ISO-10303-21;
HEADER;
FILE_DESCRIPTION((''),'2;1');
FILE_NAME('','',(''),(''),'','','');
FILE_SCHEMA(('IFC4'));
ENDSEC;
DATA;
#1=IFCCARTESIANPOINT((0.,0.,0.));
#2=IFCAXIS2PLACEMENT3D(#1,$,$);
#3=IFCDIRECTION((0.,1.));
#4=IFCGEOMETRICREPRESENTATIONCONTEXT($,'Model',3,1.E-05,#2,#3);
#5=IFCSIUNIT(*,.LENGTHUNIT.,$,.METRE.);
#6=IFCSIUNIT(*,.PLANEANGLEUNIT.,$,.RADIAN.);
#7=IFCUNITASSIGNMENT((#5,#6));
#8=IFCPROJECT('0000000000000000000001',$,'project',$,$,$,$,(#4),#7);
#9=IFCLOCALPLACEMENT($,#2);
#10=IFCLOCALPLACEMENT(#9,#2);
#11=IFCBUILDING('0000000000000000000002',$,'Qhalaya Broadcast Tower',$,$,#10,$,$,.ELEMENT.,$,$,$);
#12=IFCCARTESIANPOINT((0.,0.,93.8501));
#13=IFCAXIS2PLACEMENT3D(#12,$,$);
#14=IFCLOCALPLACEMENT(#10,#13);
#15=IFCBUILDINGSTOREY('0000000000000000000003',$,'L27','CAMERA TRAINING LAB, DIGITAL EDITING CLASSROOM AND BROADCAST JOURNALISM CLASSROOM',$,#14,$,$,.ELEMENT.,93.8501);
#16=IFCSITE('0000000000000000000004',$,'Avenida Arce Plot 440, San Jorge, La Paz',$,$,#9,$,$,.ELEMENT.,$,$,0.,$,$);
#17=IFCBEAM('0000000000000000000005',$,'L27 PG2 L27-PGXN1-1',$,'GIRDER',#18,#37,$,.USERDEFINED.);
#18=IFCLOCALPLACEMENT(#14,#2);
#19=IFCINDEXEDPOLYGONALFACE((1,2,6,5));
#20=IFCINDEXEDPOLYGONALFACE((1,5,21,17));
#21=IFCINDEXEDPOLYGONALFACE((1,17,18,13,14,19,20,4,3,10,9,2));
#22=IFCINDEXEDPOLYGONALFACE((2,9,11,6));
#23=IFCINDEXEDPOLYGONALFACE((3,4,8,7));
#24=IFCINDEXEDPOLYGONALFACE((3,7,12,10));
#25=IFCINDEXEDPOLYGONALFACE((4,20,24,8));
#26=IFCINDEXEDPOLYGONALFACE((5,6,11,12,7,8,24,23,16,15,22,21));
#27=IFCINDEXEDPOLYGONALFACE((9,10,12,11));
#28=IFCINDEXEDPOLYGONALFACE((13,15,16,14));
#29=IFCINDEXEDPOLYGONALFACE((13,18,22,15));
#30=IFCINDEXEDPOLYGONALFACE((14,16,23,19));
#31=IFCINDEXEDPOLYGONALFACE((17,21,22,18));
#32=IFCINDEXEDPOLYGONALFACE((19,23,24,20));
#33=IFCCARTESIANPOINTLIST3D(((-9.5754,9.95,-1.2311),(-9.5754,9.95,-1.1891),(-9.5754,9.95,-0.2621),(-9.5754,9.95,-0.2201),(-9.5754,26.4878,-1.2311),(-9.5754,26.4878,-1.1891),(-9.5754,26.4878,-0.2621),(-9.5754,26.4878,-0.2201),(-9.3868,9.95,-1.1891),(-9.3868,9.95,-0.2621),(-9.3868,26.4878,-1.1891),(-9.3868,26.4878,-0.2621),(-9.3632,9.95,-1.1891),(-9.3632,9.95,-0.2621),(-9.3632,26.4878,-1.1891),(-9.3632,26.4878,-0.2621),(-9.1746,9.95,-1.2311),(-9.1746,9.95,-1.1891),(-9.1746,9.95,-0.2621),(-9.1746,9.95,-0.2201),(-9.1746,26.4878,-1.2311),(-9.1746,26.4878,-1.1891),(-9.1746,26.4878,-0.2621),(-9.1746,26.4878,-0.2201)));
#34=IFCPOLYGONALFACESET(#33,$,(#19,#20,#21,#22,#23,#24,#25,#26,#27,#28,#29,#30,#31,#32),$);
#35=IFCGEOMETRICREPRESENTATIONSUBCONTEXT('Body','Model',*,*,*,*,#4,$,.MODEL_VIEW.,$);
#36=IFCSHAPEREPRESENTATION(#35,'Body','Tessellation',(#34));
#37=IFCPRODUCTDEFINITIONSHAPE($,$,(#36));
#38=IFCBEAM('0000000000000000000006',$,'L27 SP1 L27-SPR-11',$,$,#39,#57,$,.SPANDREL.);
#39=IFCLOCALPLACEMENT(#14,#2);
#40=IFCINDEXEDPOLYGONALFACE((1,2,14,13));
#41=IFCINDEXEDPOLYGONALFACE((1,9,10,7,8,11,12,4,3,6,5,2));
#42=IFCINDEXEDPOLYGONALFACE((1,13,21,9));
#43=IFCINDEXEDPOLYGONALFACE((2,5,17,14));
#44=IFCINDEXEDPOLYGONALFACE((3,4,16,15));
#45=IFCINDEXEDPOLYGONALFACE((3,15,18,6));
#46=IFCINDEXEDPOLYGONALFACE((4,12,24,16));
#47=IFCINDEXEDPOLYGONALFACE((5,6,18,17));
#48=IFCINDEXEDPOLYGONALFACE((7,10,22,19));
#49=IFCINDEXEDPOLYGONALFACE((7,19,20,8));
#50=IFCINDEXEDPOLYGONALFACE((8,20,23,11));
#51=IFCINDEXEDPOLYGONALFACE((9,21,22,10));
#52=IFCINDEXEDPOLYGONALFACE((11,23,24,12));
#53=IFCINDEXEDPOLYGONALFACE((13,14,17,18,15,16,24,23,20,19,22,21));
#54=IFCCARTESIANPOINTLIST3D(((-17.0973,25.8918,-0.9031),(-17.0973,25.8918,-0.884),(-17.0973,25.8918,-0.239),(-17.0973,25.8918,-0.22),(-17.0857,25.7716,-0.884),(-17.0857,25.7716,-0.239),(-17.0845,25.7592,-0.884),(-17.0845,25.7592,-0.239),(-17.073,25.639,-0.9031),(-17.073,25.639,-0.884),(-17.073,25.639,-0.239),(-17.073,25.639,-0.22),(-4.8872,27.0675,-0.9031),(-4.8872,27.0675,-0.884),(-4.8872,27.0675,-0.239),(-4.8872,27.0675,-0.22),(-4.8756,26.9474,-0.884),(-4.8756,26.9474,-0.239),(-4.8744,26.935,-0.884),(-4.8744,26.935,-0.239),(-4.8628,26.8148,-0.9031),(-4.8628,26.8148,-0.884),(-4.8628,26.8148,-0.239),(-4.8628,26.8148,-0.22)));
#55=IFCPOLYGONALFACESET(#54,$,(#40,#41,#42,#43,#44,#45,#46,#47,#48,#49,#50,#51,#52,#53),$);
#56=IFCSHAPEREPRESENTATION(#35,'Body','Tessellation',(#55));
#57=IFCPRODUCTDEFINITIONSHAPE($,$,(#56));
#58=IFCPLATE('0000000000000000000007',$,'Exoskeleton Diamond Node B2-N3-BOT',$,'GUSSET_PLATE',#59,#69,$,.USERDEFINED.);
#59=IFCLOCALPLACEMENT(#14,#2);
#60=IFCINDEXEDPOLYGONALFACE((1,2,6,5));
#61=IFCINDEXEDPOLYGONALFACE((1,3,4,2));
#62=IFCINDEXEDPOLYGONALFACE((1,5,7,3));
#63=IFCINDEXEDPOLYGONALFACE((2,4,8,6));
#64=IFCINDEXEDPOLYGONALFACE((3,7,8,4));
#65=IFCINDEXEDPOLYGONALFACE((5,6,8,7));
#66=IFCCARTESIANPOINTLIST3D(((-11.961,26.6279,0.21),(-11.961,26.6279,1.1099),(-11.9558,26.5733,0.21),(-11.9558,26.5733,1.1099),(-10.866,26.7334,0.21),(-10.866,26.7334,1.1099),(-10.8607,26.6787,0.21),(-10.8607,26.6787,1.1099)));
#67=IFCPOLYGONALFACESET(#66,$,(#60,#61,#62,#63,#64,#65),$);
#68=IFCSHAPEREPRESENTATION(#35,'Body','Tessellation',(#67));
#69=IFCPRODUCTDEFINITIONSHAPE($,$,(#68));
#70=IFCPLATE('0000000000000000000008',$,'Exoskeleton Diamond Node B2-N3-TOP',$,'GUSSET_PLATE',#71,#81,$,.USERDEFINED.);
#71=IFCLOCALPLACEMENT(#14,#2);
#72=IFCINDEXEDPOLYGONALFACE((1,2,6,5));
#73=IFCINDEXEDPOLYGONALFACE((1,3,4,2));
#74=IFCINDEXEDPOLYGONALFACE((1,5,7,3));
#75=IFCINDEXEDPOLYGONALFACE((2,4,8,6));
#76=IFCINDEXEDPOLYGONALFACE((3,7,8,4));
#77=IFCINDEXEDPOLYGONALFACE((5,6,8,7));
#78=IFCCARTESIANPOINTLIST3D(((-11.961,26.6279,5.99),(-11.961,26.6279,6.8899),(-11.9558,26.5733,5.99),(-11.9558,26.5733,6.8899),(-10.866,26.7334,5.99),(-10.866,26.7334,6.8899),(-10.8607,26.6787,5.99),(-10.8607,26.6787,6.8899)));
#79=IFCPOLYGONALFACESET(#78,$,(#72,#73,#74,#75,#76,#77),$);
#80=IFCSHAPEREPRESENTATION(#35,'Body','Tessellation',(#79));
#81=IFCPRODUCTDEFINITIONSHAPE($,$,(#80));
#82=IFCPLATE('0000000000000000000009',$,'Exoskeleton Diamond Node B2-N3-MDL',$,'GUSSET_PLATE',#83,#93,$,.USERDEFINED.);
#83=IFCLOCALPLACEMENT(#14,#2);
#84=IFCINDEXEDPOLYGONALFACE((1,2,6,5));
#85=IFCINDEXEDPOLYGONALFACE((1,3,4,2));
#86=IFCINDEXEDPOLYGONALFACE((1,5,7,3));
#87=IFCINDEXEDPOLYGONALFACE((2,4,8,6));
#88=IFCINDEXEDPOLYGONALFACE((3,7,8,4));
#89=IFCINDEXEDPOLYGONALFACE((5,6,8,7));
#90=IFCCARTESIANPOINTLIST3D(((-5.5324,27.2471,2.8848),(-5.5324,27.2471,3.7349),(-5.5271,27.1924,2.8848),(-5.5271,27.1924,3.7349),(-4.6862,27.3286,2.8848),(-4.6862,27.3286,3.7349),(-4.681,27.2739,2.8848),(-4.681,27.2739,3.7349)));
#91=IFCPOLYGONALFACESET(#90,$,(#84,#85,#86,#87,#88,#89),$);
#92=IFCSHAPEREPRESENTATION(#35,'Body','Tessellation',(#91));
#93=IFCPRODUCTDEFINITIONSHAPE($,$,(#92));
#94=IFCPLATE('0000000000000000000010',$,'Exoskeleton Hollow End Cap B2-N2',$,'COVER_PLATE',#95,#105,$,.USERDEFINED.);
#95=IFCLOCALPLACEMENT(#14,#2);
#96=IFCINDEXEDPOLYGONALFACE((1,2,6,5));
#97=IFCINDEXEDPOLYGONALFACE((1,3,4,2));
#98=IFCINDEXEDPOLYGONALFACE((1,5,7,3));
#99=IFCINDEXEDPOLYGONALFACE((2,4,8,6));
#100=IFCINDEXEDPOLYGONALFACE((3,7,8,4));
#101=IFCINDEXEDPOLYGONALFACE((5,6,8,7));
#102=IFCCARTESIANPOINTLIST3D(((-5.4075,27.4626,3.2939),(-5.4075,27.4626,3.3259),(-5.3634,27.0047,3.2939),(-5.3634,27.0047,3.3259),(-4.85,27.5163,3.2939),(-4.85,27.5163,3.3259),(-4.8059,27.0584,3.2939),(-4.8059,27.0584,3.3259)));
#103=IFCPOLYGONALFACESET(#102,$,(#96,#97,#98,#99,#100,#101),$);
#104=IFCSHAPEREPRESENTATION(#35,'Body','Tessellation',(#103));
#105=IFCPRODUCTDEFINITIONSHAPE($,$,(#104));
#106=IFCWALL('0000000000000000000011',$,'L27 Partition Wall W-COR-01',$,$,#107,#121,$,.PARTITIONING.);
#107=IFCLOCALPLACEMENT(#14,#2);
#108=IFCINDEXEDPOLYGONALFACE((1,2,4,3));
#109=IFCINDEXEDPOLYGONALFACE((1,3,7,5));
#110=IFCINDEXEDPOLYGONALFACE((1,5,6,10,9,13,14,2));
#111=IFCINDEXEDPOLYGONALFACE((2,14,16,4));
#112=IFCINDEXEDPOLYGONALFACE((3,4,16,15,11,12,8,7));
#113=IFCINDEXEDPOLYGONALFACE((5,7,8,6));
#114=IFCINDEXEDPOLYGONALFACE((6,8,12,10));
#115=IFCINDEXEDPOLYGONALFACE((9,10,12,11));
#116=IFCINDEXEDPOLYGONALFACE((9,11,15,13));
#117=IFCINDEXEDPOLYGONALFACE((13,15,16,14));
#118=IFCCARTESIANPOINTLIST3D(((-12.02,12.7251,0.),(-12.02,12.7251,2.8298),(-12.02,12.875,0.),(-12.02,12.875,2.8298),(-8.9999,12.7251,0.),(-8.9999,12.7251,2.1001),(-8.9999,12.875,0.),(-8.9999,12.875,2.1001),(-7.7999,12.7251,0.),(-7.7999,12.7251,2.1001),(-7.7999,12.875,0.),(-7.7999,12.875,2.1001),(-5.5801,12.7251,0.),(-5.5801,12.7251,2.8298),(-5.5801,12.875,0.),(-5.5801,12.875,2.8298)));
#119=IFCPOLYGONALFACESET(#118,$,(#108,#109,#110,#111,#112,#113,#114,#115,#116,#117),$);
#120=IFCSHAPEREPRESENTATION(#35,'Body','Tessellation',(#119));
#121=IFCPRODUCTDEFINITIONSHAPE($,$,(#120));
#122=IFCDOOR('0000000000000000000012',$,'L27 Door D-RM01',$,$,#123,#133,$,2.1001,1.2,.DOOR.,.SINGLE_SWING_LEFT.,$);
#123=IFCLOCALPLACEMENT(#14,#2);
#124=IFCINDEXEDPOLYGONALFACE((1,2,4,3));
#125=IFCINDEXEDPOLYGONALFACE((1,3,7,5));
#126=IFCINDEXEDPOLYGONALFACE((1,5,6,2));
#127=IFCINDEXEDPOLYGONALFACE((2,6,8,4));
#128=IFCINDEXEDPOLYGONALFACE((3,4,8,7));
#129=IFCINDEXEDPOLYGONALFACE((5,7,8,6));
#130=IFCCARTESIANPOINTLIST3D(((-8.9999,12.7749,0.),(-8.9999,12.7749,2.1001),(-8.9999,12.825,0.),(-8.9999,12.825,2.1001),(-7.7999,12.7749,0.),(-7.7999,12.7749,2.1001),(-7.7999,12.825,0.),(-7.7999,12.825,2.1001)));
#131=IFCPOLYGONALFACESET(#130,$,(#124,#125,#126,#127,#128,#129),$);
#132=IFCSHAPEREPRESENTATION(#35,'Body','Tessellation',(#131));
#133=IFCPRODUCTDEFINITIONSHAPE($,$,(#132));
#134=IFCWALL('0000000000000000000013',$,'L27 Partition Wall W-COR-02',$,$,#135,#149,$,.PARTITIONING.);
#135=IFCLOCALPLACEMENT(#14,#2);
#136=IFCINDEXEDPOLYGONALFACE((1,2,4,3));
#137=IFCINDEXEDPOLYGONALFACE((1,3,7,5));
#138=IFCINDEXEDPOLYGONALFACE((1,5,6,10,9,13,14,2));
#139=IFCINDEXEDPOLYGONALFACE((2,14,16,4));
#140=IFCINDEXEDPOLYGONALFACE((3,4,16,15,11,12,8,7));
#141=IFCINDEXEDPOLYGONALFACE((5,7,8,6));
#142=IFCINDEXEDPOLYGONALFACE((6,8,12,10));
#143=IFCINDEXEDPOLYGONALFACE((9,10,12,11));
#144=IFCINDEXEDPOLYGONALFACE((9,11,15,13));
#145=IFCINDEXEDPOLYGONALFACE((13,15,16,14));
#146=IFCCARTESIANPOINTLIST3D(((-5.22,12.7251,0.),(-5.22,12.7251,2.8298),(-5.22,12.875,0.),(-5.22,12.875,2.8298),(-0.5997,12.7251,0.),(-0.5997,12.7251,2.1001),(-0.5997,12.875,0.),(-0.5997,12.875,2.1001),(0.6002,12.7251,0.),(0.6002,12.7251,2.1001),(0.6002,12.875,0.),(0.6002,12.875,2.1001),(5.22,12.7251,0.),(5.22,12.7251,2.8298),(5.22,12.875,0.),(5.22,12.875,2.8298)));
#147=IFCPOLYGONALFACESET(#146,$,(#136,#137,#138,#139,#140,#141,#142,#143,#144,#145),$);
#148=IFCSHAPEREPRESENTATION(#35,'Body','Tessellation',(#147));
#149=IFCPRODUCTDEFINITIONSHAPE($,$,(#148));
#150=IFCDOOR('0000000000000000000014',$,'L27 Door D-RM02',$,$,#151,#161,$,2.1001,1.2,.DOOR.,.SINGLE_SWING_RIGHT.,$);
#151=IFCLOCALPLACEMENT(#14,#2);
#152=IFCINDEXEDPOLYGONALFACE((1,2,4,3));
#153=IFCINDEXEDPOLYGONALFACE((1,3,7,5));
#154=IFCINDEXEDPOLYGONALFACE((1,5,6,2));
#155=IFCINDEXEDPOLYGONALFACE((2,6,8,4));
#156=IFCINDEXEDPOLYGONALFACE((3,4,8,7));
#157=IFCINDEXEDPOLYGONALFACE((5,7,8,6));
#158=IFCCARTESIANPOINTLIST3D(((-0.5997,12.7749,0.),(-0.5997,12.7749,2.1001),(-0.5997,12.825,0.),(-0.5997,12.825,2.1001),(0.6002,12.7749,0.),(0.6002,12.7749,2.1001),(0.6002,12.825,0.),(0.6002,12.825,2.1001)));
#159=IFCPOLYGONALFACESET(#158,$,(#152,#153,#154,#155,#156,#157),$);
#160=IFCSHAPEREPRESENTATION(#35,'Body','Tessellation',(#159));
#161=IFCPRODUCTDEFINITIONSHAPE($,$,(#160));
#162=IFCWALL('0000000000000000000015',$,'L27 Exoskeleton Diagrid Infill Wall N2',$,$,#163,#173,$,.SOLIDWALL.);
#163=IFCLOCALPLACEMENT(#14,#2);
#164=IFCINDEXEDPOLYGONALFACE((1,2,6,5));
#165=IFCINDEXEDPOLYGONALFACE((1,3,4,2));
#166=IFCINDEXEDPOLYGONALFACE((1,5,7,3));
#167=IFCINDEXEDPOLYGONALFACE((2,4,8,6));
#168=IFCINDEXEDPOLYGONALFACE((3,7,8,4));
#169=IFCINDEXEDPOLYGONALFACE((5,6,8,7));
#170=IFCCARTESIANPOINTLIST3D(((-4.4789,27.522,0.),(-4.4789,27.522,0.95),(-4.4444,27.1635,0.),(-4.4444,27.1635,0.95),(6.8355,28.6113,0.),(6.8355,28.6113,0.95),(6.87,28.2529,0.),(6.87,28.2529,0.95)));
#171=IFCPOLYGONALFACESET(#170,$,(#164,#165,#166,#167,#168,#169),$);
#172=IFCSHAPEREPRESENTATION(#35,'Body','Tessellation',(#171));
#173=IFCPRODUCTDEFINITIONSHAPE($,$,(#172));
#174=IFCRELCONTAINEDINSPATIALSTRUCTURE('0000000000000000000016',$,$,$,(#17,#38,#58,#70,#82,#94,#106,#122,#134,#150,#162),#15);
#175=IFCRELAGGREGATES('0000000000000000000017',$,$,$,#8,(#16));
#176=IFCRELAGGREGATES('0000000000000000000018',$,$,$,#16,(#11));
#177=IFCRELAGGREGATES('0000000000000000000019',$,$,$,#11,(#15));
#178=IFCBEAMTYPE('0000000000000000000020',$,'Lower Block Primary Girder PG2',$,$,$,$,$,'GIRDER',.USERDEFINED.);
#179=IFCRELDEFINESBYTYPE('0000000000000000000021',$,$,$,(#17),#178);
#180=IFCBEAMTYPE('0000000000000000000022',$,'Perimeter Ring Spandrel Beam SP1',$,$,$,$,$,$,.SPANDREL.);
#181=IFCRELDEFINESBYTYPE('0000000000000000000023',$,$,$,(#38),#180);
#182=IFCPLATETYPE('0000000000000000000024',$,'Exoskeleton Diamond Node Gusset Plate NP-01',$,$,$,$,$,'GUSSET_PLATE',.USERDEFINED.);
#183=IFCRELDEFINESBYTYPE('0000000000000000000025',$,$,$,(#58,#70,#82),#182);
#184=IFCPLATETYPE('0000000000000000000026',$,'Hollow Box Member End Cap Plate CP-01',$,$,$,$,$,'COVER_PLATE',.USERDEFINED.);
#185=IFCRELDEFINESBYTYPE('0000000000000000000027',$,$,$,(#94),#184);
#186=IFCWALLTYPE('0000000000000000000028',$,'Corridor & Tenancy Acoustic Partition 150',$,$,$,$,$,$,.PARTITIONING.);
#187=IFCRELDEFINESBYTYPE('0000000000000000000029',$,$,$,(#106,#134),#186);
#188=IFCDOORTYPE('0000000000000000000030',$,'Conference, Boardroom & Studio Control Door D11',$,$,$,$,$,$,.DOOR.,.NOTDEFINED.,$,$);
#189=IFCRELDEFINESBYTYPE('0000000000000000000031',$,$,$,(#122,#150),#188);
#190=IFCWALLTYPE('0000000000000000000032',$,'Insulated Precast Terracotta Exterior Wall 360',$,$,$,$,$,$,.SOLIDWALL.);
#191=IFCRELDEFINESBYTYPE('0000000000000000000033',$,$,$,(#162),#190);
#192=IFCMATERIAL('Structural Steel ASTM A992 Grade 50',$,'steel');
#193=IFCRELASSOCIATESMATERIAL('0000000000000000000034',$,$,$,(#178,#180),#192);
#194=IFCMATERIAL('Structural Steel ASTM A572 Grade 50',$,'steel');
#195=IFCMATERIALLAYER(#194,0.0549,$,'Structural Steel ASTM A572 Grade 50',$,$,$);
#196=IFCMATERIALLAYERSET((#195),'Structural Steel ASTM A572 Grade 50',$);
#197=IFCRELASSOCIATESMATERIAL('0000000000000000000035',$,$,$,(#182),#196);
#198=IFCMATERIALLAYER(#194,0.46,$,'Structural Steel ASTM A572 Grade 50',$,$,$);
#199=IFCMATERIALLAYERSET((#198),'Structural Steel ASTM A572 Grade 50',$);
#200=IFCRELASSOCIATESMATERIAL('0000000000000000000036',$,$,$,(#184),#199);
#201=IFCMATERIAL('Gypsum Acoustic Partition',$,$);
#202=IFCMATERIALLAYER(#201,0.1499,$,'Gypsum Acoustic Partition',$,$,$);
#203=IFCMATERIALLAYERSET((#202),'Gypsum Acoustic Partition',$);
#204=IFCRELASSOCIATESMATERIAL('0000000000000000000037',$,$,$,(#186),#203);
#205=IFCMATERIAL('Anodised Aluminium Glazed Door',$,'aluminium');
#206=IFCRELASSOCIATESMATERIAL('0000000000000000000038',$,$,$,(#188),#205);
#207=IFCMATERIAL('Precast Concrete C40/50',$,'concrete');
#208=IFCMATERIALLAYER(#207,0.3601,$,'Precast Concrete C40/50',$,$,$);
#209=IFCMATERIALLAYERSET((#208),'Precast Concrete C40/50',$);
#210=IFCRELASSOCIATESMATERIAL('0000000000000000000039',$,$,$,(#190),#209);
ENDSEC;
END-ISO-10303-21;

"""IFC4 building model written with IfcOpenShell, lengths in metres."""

from ifc_helpers import new_model, si_unit, direction, frame, frame_2d, origin, origin_2d, place, context, subcontext, project, spatial, rectangle, i_section, extrude, material, layer, layer_set, material_profile, profile_set, type_object, element, fill, save


model = new_model("IFC4")

# Units and contexts
model_context = context("Model", 3, precision=1e-05, world=origin(), true_north=direction((0.0, 1.0)))
body_context = subcontext(model_context, "Body", "Model", "MODEL_VIEW")
ifc_project = project(units=[si_unit("LENGTHUNIT", "METRE"), si_unit("PLANEANGLEUNIT", "RADIAN")], contexts=[model_context])

# Site, building, storey
site_placement = place(None, origin())
site = spatial("IfcSite", under=ifc_project, at=site_placement, Name="Avenida Arce Plot 440, San Jorge, La Paz", CompositionType="ELEMENT", RefElevation=0.0)
building_placement = place(site_placement, origin())
building = spatial("IfcBuilding", under=site, at=building_placement, Name="Qhalaya Broadcast Tower", CompositionType="ELEMENT")
storey_placement = place(building_placement, frame((0.0, 0.0, 93.8501)))
storey = spatial("IfcBuildingStorey", under=building, at=storey_placement, Name="L27", Description="CAMERA TRAINING LAB, DIGITAL EDITING CLASSROOM AND BROADCAST JOURNALISM CLASSROOM", CompositionType="ELEMENT", Elevation=93.8501)

# Shared definitions
ifc_material_1 = material(Name="Structural Steel ASTM A572 Grade 50", Category="steel")

# Shared definitions
ifc_material_2 = material(Name="Structural Steel ASTM A992 Grade 50", Category="steel")

# Beams
ifc_material_profile_1 = material_profile(ifc_material_2, i_section(OverallWidth=0.4009, OverallDepth=1.011, WebThickness=0.0237, FlangeThickness=0.042, at=origin_2d()), Name="W40X297")
ifc_profile_set_1 = profile_set([ifc_material_profile_1], Name="Structural Steel ASTM A992 Grade 50")
beam_type_1 = type_object("IfcBeamType", Name="Lower Block Primary Girder PG2", ElementType="GIRDER", PredefinedType="USERDEFINED", material=ifc_profile_set_1)
beam_1_placement = place(storey_placement, frame((-9.375, 9.95, -0.7256), z_axis=(0.0, 1.0, 0.0), x_axis=(-1.0, 0.0, 0.0)))
element("IfcBeam", 1, at=beam_1_placement, inside=storey, type_object=beam_type_1, Name="L27 PG2 L27-PGXN1-1", ObjectType="GIRDER", PredefinedType="USERDEFINED", context=body_context, shape_type="SweptSolid", body=[
    extrude(i_section(OverallWidth=0.4009, OverallDepth=1.011, WebThickness=0.0237, FlangeThickness=0.042, at=origin_2d()), origin(), (0.0, 0.0, 1.0), 16.5378),
])
ifc_material_profile_2 = material_profile(ifc_material_2, i_section(OverallWidth=0.2539, OverallDepth=0.6831, WebThickness=0.0125, FlangeThickness=0.019, at=origin_2d()), Name="W27X94")
ifc_profile_set_2 = profile_set([ifc_material_profile_2], Name="Structural Steel ASTM A992 Grade 50")
beam_type_2 = type_object("IfcBeamType", Name="Perimeter Ring Spandrel Beam SP1", PredefinedType="SPANDREL", material=ifc_profile_set_2)
beam_2_placement = place(storey_placement, frame((-4.875, 26.9412, -0.5615), z_axis=(-0.995396, -0.095852, 0.0), x_axis=(0.095852, -0.995396, 0.0)))
element("IfcBeam", 2, at=beam_2_placement, inside=storey, type_object=beam_type_2, Name="L27 SP1 L27-SPR-11", PredefinedType="SPANDREL", context=body_context, shape_type="SweptSolid", body=[
    extrude(i_section(OverallWidth=0.2539, OverallDepth=0.6831, WebThickness=0.0125, FlangeThickness=0.019, at=origin_2d()), origin(), (0.0, 0.0, 1.0), 12.2666),
])

# Plates
ifc_layer_1 = layer(ifc_material_1, 0.0549, Name="Structural Steel ASTM A572 Grade 50")
ifc_layer_set_1 = layer_set([ifc_layer_1], Name="Structural Steel ASTM A572 Grade 50")
plate_type_1 = type_object("IfcPlateType", Name="Exoskeleton Diamond Node Gusset Plate NP-01", ElementType="GUSSET_PLATE", PredefinedType="USERDEFINED", material=ifc_layer_set_1)
for number, where, z_axis, x_axis, name in (
    (3, (-11.4109, 26.6533, 0.21), (0.0, 0.0, 1.0), (0.995396, 0.095846, 0.0), "Exoskeleton Diamond Node B2-N3-BOT"),
    (4, (-11.4109, 26.6533, 5.99), (0.0, 0.0, 1.0), (0.995396, 0.095846, 0.0), "Exoskeleton Diamond Node B2-N3-TOP"),
):
    element("IfcPlate", number, at=place(storey_placement, frame(where, z_axis=z_axis, x_axis=x_axis)), inside=storey, type_object=plate_type_1, Name=name, ObjectType="GUSSET_PLATE", PredefinedType="USERDEFINED", context=body_context, shape_type="SweptSolid", body=[
        extrude(rectangle(XDim=1.1001, YDim=0.0549, at=origin_2d()), origin(), (0.0, 0.0, 1.0), 0.8999),
    ])
plate_1_placement = place(storey_placement, frame((-5.1067, 27.2605, 2.8848), z_axis=(0.0, 0.0, 1.0), x_axis=(0.995396, 0.095846, 0.0)))
element("IfcPlate", 5, at=plate_1_placement, inside=storey, type_object=plate_type_1, Name="Exoskeleton Diamond Node B2-N3-MDL", ObjectType="GUSSET_PLATE", PredefinedType="USERDEFINED", context=body_context, shape_type="SweptSolid", body=[
    extrude(rectangle(XDim=0.8501, YDim=0.0549, at=origin_2d()), origin(), (0.0, 0.0, 1.0), 0.8501),
])
ifc_layer_2 = layer(ifc_material_1, 0.46, Name="Structural Steel ASTM A572 Grade 50")
ifc_layer_set_2 = layer_set([ifc_layer_2], Name="Structural Steel ASTM A572 Grade 50")
plate_type_2 = type_object("IfcPlateType", Name="Hollow Box Member End Cap Plate CP-01", ElementType="COVER_PLATE", PredefinedType="USERDEFINED", material=ifc_layer_set_2)
plate_2_placement = place(storey_placement, frame((-5.1067, 27.2605, 3.2939), z_axis=(0.0, 0.0, 1.0), x_axis=(0.995396, 0.095846, 0.0)))
element("IfcPlate", 6, at=plate_2_placement, inside=storey, type_object=plate_type_2, Name="Exoskeleton Hollow End Cap B2-N2", ObjectType="COVER_PLATE", PredefinedType="USERDEFINED", context=body_context, shape_type="SweptSolid", body=[
    extrude(rectangle(XDim=0.5601, YDim=0.46, at=origin_2d()), origin(), (0.0, 0.0, 1.0), 0.032),
])

# Walls, openings, doors
ifc_material_3 = material(Name="Gypsum Acoustic Partition")
ifc_layer_3 = layer(ifc_material_3, 0.1499, Name="Gypsum Acoustic Partition")
ifc_layer_set_3 = layer_set([ifc_layer_3], Name="Gypsum Acoustic Partition")
wall_type_1 = type_object("IfcWallType", Name="Corridor & Tenancy Acoustic Partition 150", PredefinedType="PARTITIONING", material=ifc_layer_set_3)
wall_1_placement = place(storey_placement, frame((-12.02, 12.8, 0.0), z_axis=(0.0, 0.0, 1.0), x_axis=(1.0, 0.0, 0.0)))
wall_1 = element("IfcWall", 7, at=wall_1_placement, inside=storey, type_object=wall_type_1, Name="L27 Partition Wall W-COR-01", PredefinedType="PARTITIONING", context=body_context, shape_type="SweptSolid", body=[
    extrude(rectangle(XDim=6.4399, YDim=0.1499, at=frame_2d((3.22, 0.0))), origin(), (0.0, 0.0, 1.0), 2.8298),
])
opening_1_placement = place(wall_1_placement, frame((3.02, 0.0, 0.0)))
opening_1 = element("IfcOpeningElement", 8, at=opening_1_placement, cuts=wall_1, PredefinedType="OPENING", context=body_context, shape_type="SweptSolid", body=[
    extrude(rectangle(XDim=1.2, YDim=2.1001, at=frame_2d((0.6001, 1.05))), frame((0.0, 0.0869, 0.0), z_axis=(0.0, -1.0, 0.0), x_axis=(1.0, 0.0, 0.0)), (0.0, 0.0, 1.0), 0.1738),
])
ifc_material_4 = material(Name="Anodised Aluminium Glazed Door", Category="aluminium")
door_type = type_object("IfcDoorType", Name="Conference, Boardroom & Studio Control Door D11", OperationType="NOTDEFINED", PredefinedType="DOOR", material=ifc_material_4)
door_1_placement = place(opening_1_placement, origin())
door_1 = element("IfcDoor", 9, at=door_1_placement, inside=storey, type_object=door_type, Name="L27 Door D-RM01", OperationType="SINGLE_SWING_LEFT", OverallHeight=2.1001, OverallWidth=1.2, PredefinedType="DOOR", context=body_context, shape_type="SweptSolid", body=[
    extrude(rectangle(XDim=1.2, YDim=2.1001, at=frame_2d((0.6001, 1.05))), frame((0.0, 0.0249, 0.0), z_axis=(0.0, -1.0, 0.0), x_axis=(1.0, 0.0, 0.0)), (0.0, 0.0, 1.0), 0.05),
])
fill(opening_1, door_1)
wall_2_placement = place(storey_placement, frame((-5.22, 12.8, 0.0), z_axis=(0.0, 0.0, 1.0), x_axis=(1.0, 0.0, 0.0)))
wall_2 = element("IfcWall", 10, at=wall_2_placement, inside=storey, type_object=wall_type_1, Name="L27 Partition Wall W-COR-02", PredefinedType="PARTITIONING", context=body_context, shape_type="SweptSolid", body=[
    extrude(rectangle(XDim=10.4399, YDim=0.1499, at=frame_2d((5.22, 0.0))), origin(), (0.0, 0.0, 1.0), 2.8298),
])
opening_2_placement = place(wall_2_placement, frame((4.6201, 0.0, 0.0)))
opening_2 = element("IfcOpeningElement", 11, at=opening_2_placement, cuts=wall_2, PredefinedType="OPENING", context=body_context, shape_type="SweptSolid", body=[
    extrude(rectangle(XDim=1.2, YDim=2.1001, at=frame_2d((0.6001, 1.05))), frame((0.0, 0.0869, 0.0), z_axis=(0.0, -1.0, 0.0), x_axis=(1.0, 0.0, 0.0)), (0.0, 0.0, 1.0), 0.1738),
])
door_2_placement = place(opening_2_placement, origin())
door_2 = element("IfcDoor", 12, at=door_2_placement, inside=storey, type_object=door_type, Name="L27 Door D-RM02", OperationType="SINGLE_SWING_RIGHT", OverallHeight=2.1001, OverallWidth=1.2, PredefinedType="DOOR", context=body_context, shape_type="SweptSolid", body=[
    extrude(rectangle(XDim=1.2, YDim=2.1001, at=frame_2d((0.6001, 1.05))), frame((0.0, 0.0249, 0.0), z_axis=(0.0, -1.0, 0.0), x_axis=(1.0, 0.0, 0.0)), (0.0, 0.0, 1.0), 0.05),
])
fill(opening_2, door_2)

# Wall
ifc_material_5 = material(Name="Precast Concrete C40/50", Category="concrete")
ifc_layer_4 = layer(ifc_material_5, 0.3601, Name="Precast Concrete C40/50")
ifc_layer_set_4 = layer_set([ifc_layer_4], Name="Precast Concrete C40/50")
wall_type_2 = type_object("IfcWallType", Name="Insulated Precast Terracotta Exterior Wall 360", PredefinedType="SOLIDWALL", material=ifc_layer_set_4)
wall_3_placement = place(storey_placement, frame((-4.4617, 27.3428, 0.0), z_axis=(0.0, 0.0, 1.0), x_axis=(0.995397, 0.095837, 0.0)))
element("IfcWall", 13, at=wall_3_placement, inside=storey, type_object=wall_type_2, Name="L27 Exoskeleton Diagrid Infill Wall N2", PredefinedType="SOLIDWALL", context=body_context, shape_type="SweptSolid", body=[
    extrude(rectangle(XDim=11.3667, YDim=0.3601, at=frame_2d((5.6833, 0.0))), origin(), (0.0, 0.0, 1.0), 0.95),
])

save(model, "model.ifc")
